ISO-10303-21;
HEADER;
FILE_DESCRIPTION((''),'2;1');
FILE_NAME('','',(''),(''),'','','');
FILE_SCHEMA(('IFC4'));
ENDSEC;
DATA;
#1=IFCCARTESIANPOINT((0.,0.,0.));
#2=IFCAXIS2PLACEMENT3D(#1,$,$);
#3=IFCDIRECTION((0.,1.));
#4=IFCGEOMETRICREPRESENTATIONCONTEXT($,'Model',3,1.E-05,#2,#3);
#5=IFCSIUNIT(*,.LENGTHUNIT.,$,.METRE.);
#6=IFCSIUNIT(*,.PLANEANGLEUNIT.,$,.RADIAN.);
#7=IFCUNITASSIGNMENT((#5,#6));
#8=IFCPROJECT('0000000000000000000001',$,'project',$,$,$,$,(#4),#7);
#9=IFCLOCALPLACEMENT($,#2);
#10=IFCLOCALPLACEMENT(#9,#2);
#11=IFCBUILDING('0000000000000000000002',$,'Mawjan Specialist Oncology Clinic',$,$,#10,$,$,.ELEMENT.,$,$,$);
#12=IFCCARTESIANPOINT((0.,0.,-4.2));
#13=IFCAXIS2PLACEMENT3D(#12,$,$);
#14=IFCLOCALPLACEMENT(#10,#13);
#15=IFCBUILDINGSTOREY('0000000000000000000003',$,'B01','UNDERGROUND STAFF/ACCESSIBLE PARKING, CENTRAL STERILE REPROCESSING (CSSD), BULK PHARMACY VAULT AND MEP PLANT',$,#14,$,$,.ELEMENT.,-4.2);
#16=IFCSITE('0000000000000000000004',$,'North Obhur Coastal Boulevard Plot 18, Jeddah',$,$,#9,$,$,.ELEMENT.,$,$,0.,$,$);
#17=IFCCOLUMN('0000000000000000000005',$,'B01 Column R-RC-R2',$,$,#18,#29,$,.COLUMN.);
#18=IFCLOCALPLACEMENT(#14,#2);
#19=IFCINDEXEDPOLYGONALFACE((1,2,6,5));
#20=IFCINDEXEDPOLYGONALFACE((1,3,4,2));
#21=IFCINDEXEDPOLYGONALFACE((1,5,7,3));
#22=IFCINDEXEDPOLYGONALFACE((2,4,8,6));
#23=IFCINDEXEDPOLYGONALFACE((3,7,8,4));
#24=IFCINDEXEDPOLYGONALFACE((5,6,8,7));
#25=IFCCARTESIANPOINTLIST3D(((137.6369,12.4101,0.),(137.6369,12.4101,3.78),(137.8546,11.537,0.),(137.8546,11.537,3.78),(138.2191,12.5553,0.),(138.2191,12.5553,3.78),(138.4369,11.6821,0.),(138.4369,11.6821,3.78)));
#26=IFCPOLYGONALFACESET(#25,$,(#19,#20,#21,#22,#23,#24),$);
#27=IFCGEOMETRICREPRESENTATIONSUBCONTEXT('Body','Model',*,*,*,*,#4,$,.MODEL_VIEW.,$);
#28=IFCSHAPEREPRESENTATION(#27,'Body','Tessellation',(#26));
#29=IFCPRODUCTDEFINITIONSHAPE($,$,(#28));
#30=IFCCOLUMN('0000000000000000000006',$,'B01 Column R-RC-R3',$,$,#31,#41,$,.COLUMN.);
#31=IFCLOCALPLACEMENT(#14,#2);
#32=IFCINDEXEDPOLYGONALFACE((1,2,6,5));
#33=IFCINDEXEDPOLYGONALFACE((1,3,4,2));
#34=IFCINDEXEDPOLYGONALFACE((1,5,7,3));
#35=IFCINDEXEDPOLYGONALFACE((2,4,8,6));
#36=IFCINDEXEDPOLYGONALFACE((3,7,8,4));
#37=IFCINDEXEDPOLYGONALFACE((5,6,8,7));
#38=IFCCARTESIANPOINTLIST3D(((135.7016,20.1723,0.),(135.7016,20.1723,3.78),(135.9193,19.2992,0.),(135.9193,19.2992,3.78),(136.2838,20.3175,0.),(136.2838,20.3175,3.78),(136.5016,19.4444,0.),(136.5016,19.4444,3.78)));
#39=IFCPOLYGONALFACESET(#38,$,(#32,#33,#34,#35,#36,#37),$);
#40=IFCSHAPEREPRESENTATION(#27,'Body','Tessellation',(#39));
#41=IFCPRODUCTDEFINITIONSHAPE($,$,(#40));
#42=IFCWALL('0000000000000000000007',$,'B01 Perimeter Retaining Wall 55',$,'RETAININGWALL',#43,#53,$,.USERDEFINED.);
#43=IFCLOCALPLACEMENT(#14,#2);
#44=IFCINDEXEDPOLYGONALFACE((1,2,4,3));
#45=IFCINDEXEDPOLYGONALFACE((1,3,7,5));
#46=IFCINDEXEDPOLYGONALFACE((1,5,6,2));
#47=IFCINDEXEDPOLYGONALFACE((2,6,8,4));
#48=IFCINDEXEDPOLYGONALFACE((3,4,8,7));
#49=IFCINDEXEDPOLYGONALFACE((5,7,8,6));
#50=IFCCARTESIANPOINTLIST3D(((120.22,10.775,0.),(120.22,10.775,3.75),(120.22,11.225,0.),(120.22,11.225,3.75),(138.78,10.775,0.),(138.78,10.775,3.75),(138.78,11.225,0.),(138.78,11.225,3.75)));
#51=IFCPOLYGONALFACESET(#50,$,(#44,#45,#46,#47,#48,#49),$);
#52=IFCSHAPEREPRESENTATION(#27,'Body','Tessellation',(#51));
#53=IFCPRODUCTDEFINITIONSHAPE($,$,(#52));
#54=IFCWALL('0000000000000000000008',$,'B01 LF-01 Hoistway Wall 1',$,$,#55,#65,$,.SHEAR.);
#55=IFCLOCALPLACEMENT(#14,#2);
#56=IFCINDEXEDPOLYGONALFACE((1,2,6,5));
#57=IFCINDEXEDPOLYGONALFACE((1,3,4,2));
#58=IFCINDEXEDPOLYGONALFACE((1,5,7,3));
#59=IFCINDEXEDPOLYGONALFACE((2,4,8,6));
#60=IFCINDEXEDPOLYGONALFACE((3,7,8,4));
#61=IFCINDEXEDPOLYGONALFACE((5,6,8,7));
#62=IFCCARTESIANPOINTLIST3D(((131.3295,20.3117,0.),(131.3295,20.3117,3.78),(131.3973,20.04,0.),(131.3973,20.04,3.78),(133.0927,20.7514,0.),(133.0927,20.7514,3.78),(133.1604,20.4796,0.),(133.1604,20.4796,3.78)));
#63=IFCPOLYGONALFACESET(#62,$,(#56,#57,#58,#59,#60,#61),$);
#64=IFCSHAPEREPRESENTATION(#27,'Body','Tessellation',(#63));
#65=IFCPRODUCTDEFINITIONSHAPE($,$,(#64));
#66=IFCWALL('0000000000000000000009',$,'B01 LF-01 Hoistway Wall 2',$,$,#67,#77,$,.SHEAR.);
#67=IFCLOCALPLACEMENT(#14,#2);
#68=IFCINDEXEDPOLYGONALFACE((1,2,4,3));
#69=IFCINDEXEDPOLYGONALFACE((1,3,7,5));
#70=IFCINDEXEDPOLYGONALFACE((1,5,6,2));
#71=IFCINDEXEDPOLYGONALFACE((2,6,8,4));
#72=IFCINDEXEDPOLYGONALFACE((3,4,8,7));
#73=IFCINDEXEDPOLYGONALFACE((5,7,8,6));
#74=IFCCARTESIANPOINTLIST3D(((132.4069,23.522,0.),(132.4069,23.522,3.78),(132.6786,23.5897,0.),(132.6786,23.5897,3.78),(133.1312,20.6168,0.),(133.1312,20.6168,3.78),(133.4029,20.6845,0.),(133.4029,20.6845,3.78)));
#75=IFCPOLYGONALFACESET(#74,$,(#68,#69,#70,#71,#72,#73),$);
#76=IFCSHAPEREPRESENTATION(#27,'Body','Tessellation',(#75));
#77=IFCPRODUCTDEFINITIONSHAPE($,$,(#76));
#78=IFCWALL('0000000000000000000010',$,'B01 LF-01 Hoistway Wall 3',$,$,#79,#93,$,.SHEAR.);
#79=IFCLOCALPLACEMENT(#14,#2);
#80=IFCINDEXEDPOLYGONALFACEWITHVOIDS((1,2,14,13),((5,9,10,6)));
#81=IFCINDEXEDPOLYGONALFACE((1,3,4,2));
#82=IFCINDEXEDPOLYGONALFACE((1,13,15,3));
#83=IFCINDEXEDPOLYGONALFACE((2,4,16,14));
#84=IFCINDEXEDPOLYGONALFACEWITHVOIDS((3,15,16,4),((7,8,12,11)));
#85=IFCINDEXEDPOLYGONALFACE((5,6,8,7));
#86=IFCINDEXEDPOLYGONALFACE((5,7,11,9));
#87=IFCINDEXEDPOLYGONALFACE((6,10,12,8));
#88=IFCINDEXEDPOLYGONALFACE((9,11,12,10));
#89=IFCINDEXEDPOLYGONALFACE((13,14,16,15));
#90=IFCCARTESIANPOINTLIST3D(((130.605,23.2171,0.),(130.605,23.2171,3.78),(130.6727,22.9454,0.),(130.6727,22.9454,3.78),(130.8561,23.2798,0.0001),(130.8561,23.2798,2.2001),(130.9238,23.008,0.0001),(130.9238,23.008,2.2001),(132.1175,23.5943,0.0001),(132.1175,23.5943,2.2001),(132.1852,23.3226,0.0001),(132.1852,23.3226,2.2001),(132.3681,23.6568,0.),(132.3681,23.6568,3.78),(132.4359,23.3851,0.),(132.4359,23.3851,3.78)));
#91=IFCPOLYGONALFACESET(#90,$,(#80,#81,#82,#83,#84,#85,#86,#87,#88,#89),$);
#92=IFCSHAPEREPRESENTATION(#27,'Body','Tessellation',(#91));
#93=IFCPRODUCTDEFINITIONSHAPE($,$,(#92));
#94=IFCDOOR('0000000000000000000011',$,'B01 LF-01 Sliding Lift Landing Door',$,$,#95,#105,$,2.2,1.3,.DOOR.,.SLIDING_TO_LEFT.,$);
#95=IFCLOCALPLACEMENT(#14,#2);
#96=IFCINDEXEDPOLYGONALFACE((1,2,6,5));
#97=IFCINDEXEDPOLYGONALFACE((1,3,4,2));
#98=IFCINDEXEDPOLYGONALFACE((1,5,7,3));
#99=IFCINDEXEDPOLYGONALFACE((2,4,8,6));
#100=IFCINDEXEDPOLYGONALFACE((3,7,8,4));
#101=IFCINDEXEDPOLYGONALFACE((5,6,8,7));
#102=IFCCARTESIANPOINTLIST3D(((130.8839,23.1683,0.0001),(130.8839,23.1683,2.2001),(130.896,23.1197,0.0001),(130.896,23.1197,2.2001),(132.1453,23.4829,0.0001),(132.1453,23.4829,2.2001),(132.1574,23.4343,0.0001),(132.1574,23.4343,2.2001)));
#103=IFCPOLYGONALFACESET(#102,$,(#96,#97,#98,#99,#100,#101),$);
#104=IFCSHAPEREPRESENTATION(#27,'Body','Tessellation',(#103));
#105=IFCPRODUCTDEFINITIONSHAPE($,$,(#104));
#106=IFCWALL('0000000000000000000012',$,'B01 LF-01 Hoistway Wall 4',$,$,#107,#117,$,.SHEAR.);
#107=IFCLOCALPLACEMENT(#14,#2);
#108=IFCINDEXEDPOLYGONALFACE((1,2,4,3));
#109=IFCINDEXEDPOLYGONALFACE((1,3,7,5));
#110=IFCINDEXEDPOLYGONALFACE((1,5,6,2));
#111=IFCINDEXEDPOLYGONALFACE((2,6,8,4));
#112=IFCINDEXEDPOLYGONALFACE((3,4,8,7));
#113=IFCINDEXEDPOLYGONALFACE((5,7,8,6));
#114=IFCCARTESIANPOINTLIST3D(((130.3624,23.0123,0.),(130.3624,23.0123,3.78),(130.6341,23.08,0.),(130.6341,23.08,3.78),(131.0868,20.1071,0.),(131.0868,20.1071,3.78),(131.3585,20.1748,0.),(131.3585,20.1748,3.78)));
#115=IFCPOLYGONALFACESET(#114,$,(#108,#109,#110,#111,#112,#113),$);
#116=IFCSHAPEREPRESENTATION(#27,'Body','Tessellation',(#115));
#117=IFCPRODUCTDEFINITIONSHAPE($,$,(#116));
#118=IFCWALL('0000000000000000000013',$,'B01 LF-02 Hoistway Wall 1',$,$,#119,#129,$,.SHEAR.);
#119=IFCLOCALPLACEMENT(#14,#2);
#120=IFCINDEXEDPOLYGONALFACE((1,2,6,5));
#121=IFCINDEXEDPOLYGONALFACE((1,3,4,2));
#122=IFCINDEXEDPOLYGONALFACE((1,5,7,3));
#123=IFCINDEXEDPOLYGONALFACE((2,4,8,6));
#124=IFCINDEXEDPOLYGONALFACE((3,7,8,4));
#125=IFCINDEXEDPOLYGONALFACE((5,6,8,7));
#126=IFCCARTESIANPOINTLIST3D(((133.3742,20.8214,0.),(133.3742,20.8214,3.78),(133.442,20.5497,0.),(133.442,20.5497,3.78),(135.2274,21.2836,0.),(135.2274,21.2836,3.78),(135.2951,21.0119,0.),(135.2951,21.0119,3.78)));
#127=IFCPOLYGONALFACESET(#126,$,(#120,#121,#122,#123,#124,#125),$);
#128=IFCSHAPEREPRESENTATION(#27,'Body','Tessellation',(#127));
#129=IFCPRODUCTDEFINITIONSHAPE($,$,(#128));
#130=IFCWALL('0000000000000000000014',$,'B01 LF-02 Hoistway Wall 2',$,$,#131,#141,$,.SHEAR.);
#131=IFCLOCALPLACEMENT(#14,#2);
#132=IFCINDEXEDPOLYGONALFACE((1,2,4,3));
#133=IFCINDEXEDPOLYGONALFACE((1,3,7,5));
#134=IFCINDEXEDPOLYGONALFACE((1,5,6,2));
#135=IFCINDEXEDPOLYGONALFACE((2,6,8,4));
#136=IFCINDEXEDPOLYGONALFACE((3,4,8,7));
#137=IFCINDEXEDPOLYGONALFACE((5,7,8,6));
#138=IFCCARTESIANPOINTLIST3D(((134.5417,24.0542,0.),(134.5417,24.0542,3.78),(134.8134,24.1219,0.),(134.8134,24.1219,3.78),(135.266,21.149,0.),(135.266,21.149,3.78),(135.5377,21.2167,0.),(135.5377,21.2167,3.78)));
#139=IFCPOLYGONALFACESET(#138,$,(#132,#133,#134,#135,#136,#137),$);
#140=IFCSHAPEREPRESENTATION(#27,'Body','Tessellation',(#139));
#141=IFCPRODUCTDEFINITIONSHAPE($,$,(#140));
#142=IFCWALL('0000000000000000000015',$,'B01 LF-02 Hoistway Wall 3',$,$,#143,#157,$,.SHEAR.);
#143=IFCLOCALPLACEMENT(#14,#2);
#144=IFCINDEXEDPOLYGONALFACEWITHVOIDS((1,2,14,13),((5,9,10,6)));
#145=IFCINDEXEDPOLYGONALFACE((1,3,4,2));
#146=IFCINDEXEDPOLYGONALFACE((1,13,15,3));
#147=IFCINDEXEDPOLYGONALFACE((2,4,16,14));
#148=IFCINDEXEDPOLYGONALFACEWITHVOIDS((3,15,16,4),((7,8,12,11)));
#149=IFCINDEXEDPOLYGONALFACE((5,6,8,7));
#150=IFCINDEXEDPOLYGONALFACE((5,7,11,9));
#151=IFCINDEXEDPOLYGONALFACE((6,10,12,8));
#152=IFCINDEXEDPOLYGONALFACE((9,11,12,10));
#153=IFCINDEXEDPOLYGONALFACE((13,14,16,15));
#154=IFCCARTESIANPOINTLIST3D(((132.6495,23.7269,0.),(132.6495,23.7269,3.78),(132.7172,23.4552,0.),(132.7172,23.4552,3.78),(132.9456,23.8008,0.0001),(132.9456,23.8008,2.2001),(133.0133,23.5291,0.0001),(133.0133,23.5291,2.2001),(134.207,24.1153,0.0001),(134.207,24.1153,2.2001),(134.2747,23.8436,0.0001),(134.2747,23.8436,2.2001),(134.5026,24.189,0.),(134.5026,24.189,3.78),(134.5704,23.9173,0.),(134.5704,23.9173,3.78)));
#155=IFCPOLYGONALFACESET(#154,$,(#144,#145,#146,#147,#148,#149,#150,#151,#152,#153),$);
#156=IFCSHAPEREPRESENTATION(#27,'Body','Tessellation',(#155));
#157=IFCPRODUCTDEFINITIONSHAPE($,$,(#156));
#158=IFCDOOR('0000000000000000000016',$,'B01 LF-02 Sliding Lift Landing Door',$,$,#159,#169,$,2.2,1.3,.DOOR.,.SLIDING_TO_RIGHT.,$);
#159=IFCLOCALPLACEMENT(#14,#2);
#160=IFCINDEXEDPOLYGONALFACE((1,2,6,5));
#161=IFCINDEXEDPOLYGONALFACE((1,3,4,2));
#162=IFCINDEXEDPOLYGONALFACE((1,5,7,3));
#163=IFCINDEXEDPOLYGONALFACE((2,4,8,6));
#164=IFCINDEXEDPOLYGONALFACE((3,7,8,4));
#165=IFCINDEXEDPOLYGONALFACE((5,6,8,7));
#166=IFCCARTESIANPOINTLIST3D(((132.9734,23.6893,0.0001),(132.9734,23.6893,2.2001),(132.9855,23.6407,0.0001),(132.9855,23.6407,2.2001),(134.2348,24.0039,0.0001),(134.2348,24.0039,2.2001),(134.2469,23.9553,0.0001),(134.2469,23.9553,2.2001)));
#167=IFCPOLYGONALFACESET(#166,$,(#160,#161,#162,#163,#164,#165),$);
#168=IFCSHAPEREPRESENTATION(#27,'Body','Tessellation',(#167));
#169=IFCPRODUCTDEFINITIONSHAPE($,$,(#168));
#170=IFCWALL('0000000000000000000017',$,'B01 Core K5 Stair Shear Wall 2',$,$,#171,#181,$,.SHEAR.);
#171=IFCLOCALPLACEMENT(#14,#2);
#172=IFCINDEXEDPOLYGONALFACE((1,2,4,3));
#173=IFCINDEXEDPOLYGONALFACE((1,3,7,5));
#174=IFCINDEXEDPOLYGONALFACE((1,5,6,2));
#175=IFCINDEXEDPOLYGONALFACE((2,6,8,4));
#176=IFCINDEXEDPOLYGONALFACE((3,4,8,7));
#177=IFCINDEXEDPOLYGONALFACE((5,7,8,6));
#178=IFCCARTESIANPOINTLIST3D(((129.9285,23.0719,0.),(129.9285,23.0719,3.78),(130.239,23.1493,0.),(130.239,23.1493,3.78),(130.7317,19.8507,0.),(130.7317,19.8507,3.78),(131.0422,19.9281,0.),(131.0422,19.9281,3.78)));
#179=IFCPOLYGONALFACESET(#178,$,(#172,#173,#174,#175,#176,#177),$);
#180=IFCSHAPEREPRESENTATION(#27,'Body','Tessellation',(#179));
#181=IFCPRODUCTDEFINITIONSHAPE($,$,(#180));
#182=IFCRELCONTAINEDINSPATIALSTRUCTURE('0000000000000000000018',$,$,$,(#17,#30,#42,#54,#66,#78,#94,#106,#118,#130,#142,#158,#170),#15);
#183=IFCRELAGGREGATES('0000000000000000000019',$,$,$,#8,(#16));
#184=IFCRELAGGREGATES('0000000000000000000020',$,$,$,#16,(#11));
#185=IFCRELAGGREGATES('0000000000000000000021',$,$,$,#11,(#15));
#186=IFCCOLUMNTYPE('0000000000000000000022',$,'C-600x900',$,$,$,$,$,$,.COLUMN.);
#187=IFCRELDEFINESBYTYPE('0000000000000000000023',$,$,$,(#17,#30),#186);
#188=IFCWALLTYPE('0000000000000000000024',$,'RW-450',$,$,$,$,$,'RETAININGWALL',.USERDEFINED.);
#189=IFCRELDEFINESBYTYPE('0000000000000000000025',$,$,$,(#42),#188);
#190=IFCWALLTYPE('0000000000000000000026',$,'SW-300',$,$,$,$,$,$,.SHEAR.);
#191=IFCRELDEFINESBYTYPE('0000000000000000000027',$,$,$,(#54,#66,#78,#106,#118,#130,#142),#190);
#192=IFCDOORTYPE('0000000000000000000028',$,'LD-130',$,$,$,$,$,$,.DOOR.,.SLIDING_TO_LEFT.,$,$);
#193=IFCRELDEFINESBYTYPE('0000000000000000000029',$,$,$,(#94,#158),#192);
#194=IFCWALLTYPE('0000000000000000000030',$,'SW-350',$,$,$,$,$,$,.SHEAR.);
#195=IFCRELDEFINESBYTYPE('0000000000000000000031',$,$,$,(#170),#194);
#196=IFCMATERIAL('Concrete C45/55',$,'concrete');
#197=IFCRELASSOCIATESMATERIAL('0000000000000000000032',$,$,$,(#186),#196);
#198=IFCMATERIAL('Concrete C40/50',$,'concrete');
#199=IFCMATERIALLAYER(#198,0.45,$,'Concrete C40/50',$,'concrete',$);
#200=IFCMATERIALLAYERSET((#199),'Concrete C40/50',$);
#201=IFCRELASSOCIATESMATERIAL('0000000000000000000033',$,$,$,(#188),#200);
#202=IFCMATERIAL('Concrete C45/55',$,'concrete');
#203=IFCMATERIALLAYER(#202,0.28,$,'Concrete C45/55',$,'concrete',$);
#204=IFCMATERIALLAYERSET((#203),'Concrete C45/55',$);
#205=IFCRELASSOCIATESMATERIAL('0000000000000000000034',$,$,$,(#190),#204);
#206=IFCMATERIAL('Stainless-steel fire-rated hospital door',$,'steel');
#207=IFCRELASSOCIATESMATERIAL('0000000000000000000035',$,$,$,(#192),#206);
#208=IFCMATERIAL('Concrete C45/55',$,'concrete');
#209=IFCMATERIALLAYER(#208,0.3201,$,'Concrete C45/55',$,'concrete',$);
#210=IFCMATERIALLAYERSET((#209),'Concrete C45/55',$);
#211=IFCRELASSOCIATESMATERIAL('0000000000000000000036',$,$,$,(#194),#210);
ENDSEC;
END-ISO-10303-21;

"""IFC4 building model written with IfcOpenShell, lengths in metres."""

from ifc_helpers import new_model, si_unit, direction, frame, frame_2d, origin, origin_2d, place, context, subcontext, project, spatial, rectangle, extrude, material, layer, layer_set, material_profile, profile_set, type_object, element, fill, save


model = new_model("IFC4")

# Units and contexts
model_context = context("Model", 3, precision=1e-05, world=origin(), true_north=direction((0.0, 1.0)))
body_context = subcontext(model_context, "Body", "Model", "MODEL_VIEW")
ifc_project = project(units=[si_unit("LENGTHUNIT", "METRE"), si_unit("PLANEANGLEUNIT", "RADIAN")], contexts=[model_context])

# Site, building, storey
site_placement = place(None, origin())
site = spatial("IfcSite", under=ifc_project, at=site_placement, Name="North Obhur Coastal Boulevard Plot 18, Jeddah", CompositionType="ELEMENT", RefElevation=0.0)
building_placement = place(site_placement, origin())
building = spatial("IfcBuilding", under=site, at=building_placement, Name="Mawjan Specialist Oncology Clinic", CompositionType="ELEMENT")
storey_placement = place(building_placement, frame((0.0, 0.0, -4.2)))
storey = spatial("IfcBuildingStorey", under=building, at=storey_placement, Name="B01", Description="UNDERGROUND STAFF/ACCESSIBLE PARKING, CENTRAL STERILE REPROCESSING (CSSD), BULK PHARMACY VAULT AND MEP PLANT", CompositionType="ELEMENT", Elevation=-4.2)

# Columns
ifc_material_1 = material(Name="Concrete C45/55", Category="concrete")
ifc_material_profile_1 = material_profile(ifc_material_1, rectangle(XDim=0.6001, YDim=0.8999, at=origin_2d()), Name="RC COL 600x900", Category="concrete")
ifc_profile_set_1 = profile_set([ifc_material_profile_1], Name="Concrete C45/55")
column_type = type_object("IfcColumnType", Name="C-600x900", PredefinedType="COLUMN", material=ifc_profile_set_1)
for number, where, z_axis, x_axis, name in (
    (1, (138.0369, 12.0461, 0.0), (0.0, 0.0, 1.0), (0.970296, 0.241922, 0.0), "B01 Column R-RC-R2"),
    (2, (136.1016, 19.8083, 0.0), (0.0, 0.0, 1.0), (0.970296, 0.241922, 0.0), "B01 Column R-RC-R3"),
):
    element("IfcColumn", number, at=place(storey_placement, frame(where, z_axis=z_axis, x_axis=x_axis)), inside=storey, type_object=column_type, Name=name, PredefinedType="COLUMN", context=body_context, shape_type="SweptSolid", body=[
        extrude(rectangle(XDim=0.6001, YDim=0.8999, at=origin_2d()), origin(), (0.0, 0.0, 1.0), 3.78),
    ])

# Walls
ifc_material_2 = material(Name="Concrete C40/50", Category="concrete")
ifc_layer_1 = layer(ifc_material_2, 0.45, Name="Concrete C40/50", Category="concrete")
ifc_layer_set_1 = layer_set([ifc_layer_1], Name="Concrete C40/50")
wall_type_1 = type_object("IfcWallType", Name="RW-450", ElementType="RETAININGWALL", PredefinedType="USERDEFINED", material=ifc_layer_set_1)
wall_1_placement = place(storey_placement, frame((138.78, 11.0, 0.0), z_axis=(0.0, 0.0, 1.0), x_axis=(-1.0, 0.0, 0.0)))
element("IfcWall", 3, at=wall_1_placement, inside=storey, type_object=wall_type_1, Name="B01 Perimeter Retaining Wall 55", ObjectType="RETAININGWALL", PredefinedType="USERDEFINED", context=body_context, shape_type="SweptSolid", body=[
    extrude(rectangle(XDim=18.5601, YDim=0.45, at=frame_2d((9.28, 0.0))), origin(), (0.0, 0.0, 1.0), 3.75),
])
ifc_material_3 = material(Name="Concrete C45/55", Category="concrete")
ifc_layer_2 = layer(ifc_material_3, 0.28, Name="Concrete C45/55", Category="concrete")
ifc_layer_set_2 = layer_set([ifc_layer_2], Name="Concrete C45/55")
wall_type_2 = type_object("IfcWallType", Name="SW-300", PredefinedType="SHEAR", material=ifc_layer_set_2)
wall_2_placement = place(storey_placement, frame((131.3633, 20.1758, 0.0), z_axis=(0.0, 0.0, 1.0), x_axis=(0.970285, 0.241967, 0.0)))
element("IfcWall", 4, at=wall_2_placement, inside=storey, type_object=wall_type_2, Name="B01 LF-01 Hoistway Wall 1", PredefinedType="SHEAR", context=body_context, shape_type="SweptSolid", body=[
    extrude(rectangle(XDim=1.8171, YDim=0.28, at=frame_2d((0.9087, 0.0))), origin(), (0.0, 0.0, 1.0), 3.78),
])
wall_3_placement = place(storey_placement, frame((133.2671, 20.6506, 0.0), z_axis=(0.0, 0.0, 1.0), x_axis=(-0.241922, 0.970296, 0.0)))
element("IfcWall", 5, at=wall_3_placement, inside=storey, type_object=wall_type_2, Name="B01 LF-01 Hoistway Wall 2", PredefinedType="SHEAR", context=body_context, shape_type="SweptSolid", body=[
    extrude(rectangle(XDim=2.9941, YDim=0.28, at=frame_2d((1.4971, 0.0))), origin(), (0.0, 0.0, 1.0), 3.78),
])

# Wall, opening, door
wall_4_placement = place(storey_placement, frame((132.4021, 23.521, 0.0), z_axis=(0.0, 0.0, 1.0), x_axis=(-0.970285, -0.241967, 0.0)))
wall_4 = element("IfcWall", 6, at=wall_4_placement, inside=storey, type_object=wall_type_2, Name="B01 LF-01 Hoistway Wall 3", PredefinedType="SHEAR", context=body_context, shape_type="SweptSolid", body=[
    extrude(rectangle(XDim=1.8171, YDim=0.28, at=frame_2d((0.9087, 0.0))), origin(), (0.0, 0.0, 1.0), 3.78),
])
opening_1_placement = place(wall_4_placement, frame((0.2585, 0.0, 0.0)))
opening_1 = element("IfcOpeningElement", 7, at=opening_1_placement, cuts=wall_4, PredefinedType="OPENING", context=body_context, shape_type="SweptSolid", body=[
    extrude(rectangle(XDim=1.3, YDim=2.2, at=frame_2d((0.6499, 1.1001))), frame((0.0, 0.1521, 0.0), z_axis=(0.0, -1.0, 0.0), x_axis=(1.0, 0.0, 0.0)), (0.0, 0.0, 1.0), 0.304),
])
ifc_material_4 = material(Name="Stainless-steel fire-rated hospital door", Category="steel")
door_type = type_object("IfcDoorType", Name="LD-130", OperationType="SLIDING_TO_LEFT", PredefinedType="DOOR", material=ifc_material_4)
door_1_placement = place(opening_1_placement, origin())
door_1 = element("IfcDoor", 8, at=door_1_placement, inside=storey, type_object=door_type, Name="B01 LF-01 Sliding Lift Landing Door", OperationType="SLIDING_TO_LEFT", OverallHeight=2.2, OverallWidth=1.3, PredefinedType="DOOR", context=body_context, shape_type="SweptSolid", body=[
    extrude(rectangle(XDim=1.3, YDim=2.2, at=frame_2d((0.6499, 1.1001))), frame((0.0, 0.0249, 0.0), z_axis=(0.0, -1.0, 0.0), x_axis=(1.0, 0.0, 0.0)), (0.0, 0.0, 1.0), 0.05),
])
fill(opening_1, door_1)

# Walls
wall_5_placement = place(storey_placement, frame((130.4983, 23.0461, 0.0), z_axis=(0.0, 0.0, 1.0), x_axis=(0.241922, -0.970296, 0.0)))
element("IfcWall", 9, at=wall_5_placement, inside=storey, type_object=wall_type_2, Name="B01 LF-01 Hoistway Wall 4", PredefinedType="SHEAR", context=body_context, shape_type="SweptSolid", body=[
    extrude(rectangle(XDim=2.9941, YDim=0.28, at=frame_2d((1.4971, 0.0))), origin(), (0.0, 0.0, 1.0), 3.78),
])
wall_6_placement = place(storey_placement, frame((133.408, 20.6855, 0.0), z_axis=(0.0, 0.0, 1.0), x_axis=(0.970285, 0.241964, 0.0)))
element("IfcWall", 10, at=wall_6_placement, inside=storey, type_object=wall_type_2, Name="B01 LF-02 Hoistway Wall 1", PredefinedType="SHEAR", context=body_context, shape_type="SweptSolid", body=[
    extrude(rectangle(XDim=1.9099, YDim=0.28, at=frame_2d((0.9551, 0.0))), origin(), (0.0, 0.0, 1.0), 3.78),
])
wall_7_placement = place(storey_placement, frame((135.4019, 21.1829, 0.0), z_axis=(0.0, 0.0, 1.0), x_axis=(-0.241922, 0.970296, 0.0)))
element("IfcWall", 11, at=wall_7_placement, inside=storey, type_object=wall_type_2, Name="B01 LF-02 Hoistway Wall 2", PredefinedType="SHEAR", context=body_context, shape_type="SweptSolid", body=[
    extrude(rectangle(XDim=2.9941, YDim=0.28, at=frame_2d((1.4971, 0.0))), origin(), (0.0, 0.0, 1.0), 3.78),
])

# Wall, opening, door
wall_8_placement = place(storey_placement, frame((134.5366, 24.0532, 0.0), z_axis=(0.0, 0.0, 1.0), x_axis=(-0.970285, -0.241964, 0.0)))
wall_8 = element("IfcWall", 12, at=wall_8_placement, inside=storey, type_object=wall_type_2, Name="B01 LF-02 Hoistway Wall 3", PredefinedType="SHEAR", context=body_context, shape_type="SweptSolid", body=[
    extrude(rectangle(XDim=1.9099, YDim=0.28, at=frame_2d((0.9551, 0.0))), origin(), (0.0, 0.0, 1.0), 3.78),
])
opening_2_placement = place(wall_8_placement, frame((0.3049, 0.0, 0.0)))
opening_2 = element("IfcOpeningElement", 13, at=opening_2_placement, cuts=wall_8, PredefinedType="OPENING", context=body_context, shape_type="SweptSolid", body=[
    extrude(rectangle(XDim=1.3, YDim=2.2, at=frame_2d((0.6499, 1.1001))), frame((0.0, 0.1521, 0.0), z_axis=(0.0, -1.0, 0.0), x_axis=(1.0, 0.0, 0.0)), (0.0, 0.0, 1.0), 0.304),
])
door_2_placement = place(opening_2_placement, origin())
door_2 = element("IfcDoor", 14, at=door_2_placement, inside=storey, type_object=door_type, Name="B01 LF-02 Sliding Lift Landing Door", OperationType="SLIDING_TO_RIGHT", OverallHeight=2.2, OverallWidth=1.3, PredefinedType="DOOR", context=body_context, shape_type="SweptSolid", body=[
    extrude(rectangle(XDim=1.3, YDim=2.2, at=frame_2d((0.6499, 1.1001))), frame((0.0, 0.0249, 0.0), z_axis=(0.0, -1.0, 0.0), x_axis=(1.0, 0.0, 0.0)), (0.0, 0.0, 1.0), 0.05),
])
fill(opening_2, door_2)

# Wall
ifc_material_5 = material(Name="Concrete C45/55", Category="concrete")
ifc_layer_3 = layer(ifc_material_5, 0.3201, Name="Concrete C45/55", Category="concrete")
ifc_layer_set_3 = layer_set([ifc_layer_3], Name="Concrete C45/55")
wall_type_3 = type_object("IfcWallType", Name="SW-350", PredefinedType="SHEAR", material=ifc_layer_set_3)
wall_9_placement = place(storey_placement, frame((130.887, 19.8894, 0.0), z_axis=(0.0, 0.0, 1.0), x_axis=(-0.241947, 0.970289, 0.0)))
element("IfcWall", 15, at=wall_9_placement, inside=storey, type_object=wall_type_3, Name="B01 Core K5 Stair Shear Wall 2", PredefinedType="SHEAR", context=body_context, shape_type="SweptSolid", body=[
    extrude(rectangle(XDim=3.3198, YDim=0.3201, at=frame_2d((1.6599, 0.0))), origin(), (0.0, 0.0, 1.0), 3.78),
])

save(model, "model.ifc")
